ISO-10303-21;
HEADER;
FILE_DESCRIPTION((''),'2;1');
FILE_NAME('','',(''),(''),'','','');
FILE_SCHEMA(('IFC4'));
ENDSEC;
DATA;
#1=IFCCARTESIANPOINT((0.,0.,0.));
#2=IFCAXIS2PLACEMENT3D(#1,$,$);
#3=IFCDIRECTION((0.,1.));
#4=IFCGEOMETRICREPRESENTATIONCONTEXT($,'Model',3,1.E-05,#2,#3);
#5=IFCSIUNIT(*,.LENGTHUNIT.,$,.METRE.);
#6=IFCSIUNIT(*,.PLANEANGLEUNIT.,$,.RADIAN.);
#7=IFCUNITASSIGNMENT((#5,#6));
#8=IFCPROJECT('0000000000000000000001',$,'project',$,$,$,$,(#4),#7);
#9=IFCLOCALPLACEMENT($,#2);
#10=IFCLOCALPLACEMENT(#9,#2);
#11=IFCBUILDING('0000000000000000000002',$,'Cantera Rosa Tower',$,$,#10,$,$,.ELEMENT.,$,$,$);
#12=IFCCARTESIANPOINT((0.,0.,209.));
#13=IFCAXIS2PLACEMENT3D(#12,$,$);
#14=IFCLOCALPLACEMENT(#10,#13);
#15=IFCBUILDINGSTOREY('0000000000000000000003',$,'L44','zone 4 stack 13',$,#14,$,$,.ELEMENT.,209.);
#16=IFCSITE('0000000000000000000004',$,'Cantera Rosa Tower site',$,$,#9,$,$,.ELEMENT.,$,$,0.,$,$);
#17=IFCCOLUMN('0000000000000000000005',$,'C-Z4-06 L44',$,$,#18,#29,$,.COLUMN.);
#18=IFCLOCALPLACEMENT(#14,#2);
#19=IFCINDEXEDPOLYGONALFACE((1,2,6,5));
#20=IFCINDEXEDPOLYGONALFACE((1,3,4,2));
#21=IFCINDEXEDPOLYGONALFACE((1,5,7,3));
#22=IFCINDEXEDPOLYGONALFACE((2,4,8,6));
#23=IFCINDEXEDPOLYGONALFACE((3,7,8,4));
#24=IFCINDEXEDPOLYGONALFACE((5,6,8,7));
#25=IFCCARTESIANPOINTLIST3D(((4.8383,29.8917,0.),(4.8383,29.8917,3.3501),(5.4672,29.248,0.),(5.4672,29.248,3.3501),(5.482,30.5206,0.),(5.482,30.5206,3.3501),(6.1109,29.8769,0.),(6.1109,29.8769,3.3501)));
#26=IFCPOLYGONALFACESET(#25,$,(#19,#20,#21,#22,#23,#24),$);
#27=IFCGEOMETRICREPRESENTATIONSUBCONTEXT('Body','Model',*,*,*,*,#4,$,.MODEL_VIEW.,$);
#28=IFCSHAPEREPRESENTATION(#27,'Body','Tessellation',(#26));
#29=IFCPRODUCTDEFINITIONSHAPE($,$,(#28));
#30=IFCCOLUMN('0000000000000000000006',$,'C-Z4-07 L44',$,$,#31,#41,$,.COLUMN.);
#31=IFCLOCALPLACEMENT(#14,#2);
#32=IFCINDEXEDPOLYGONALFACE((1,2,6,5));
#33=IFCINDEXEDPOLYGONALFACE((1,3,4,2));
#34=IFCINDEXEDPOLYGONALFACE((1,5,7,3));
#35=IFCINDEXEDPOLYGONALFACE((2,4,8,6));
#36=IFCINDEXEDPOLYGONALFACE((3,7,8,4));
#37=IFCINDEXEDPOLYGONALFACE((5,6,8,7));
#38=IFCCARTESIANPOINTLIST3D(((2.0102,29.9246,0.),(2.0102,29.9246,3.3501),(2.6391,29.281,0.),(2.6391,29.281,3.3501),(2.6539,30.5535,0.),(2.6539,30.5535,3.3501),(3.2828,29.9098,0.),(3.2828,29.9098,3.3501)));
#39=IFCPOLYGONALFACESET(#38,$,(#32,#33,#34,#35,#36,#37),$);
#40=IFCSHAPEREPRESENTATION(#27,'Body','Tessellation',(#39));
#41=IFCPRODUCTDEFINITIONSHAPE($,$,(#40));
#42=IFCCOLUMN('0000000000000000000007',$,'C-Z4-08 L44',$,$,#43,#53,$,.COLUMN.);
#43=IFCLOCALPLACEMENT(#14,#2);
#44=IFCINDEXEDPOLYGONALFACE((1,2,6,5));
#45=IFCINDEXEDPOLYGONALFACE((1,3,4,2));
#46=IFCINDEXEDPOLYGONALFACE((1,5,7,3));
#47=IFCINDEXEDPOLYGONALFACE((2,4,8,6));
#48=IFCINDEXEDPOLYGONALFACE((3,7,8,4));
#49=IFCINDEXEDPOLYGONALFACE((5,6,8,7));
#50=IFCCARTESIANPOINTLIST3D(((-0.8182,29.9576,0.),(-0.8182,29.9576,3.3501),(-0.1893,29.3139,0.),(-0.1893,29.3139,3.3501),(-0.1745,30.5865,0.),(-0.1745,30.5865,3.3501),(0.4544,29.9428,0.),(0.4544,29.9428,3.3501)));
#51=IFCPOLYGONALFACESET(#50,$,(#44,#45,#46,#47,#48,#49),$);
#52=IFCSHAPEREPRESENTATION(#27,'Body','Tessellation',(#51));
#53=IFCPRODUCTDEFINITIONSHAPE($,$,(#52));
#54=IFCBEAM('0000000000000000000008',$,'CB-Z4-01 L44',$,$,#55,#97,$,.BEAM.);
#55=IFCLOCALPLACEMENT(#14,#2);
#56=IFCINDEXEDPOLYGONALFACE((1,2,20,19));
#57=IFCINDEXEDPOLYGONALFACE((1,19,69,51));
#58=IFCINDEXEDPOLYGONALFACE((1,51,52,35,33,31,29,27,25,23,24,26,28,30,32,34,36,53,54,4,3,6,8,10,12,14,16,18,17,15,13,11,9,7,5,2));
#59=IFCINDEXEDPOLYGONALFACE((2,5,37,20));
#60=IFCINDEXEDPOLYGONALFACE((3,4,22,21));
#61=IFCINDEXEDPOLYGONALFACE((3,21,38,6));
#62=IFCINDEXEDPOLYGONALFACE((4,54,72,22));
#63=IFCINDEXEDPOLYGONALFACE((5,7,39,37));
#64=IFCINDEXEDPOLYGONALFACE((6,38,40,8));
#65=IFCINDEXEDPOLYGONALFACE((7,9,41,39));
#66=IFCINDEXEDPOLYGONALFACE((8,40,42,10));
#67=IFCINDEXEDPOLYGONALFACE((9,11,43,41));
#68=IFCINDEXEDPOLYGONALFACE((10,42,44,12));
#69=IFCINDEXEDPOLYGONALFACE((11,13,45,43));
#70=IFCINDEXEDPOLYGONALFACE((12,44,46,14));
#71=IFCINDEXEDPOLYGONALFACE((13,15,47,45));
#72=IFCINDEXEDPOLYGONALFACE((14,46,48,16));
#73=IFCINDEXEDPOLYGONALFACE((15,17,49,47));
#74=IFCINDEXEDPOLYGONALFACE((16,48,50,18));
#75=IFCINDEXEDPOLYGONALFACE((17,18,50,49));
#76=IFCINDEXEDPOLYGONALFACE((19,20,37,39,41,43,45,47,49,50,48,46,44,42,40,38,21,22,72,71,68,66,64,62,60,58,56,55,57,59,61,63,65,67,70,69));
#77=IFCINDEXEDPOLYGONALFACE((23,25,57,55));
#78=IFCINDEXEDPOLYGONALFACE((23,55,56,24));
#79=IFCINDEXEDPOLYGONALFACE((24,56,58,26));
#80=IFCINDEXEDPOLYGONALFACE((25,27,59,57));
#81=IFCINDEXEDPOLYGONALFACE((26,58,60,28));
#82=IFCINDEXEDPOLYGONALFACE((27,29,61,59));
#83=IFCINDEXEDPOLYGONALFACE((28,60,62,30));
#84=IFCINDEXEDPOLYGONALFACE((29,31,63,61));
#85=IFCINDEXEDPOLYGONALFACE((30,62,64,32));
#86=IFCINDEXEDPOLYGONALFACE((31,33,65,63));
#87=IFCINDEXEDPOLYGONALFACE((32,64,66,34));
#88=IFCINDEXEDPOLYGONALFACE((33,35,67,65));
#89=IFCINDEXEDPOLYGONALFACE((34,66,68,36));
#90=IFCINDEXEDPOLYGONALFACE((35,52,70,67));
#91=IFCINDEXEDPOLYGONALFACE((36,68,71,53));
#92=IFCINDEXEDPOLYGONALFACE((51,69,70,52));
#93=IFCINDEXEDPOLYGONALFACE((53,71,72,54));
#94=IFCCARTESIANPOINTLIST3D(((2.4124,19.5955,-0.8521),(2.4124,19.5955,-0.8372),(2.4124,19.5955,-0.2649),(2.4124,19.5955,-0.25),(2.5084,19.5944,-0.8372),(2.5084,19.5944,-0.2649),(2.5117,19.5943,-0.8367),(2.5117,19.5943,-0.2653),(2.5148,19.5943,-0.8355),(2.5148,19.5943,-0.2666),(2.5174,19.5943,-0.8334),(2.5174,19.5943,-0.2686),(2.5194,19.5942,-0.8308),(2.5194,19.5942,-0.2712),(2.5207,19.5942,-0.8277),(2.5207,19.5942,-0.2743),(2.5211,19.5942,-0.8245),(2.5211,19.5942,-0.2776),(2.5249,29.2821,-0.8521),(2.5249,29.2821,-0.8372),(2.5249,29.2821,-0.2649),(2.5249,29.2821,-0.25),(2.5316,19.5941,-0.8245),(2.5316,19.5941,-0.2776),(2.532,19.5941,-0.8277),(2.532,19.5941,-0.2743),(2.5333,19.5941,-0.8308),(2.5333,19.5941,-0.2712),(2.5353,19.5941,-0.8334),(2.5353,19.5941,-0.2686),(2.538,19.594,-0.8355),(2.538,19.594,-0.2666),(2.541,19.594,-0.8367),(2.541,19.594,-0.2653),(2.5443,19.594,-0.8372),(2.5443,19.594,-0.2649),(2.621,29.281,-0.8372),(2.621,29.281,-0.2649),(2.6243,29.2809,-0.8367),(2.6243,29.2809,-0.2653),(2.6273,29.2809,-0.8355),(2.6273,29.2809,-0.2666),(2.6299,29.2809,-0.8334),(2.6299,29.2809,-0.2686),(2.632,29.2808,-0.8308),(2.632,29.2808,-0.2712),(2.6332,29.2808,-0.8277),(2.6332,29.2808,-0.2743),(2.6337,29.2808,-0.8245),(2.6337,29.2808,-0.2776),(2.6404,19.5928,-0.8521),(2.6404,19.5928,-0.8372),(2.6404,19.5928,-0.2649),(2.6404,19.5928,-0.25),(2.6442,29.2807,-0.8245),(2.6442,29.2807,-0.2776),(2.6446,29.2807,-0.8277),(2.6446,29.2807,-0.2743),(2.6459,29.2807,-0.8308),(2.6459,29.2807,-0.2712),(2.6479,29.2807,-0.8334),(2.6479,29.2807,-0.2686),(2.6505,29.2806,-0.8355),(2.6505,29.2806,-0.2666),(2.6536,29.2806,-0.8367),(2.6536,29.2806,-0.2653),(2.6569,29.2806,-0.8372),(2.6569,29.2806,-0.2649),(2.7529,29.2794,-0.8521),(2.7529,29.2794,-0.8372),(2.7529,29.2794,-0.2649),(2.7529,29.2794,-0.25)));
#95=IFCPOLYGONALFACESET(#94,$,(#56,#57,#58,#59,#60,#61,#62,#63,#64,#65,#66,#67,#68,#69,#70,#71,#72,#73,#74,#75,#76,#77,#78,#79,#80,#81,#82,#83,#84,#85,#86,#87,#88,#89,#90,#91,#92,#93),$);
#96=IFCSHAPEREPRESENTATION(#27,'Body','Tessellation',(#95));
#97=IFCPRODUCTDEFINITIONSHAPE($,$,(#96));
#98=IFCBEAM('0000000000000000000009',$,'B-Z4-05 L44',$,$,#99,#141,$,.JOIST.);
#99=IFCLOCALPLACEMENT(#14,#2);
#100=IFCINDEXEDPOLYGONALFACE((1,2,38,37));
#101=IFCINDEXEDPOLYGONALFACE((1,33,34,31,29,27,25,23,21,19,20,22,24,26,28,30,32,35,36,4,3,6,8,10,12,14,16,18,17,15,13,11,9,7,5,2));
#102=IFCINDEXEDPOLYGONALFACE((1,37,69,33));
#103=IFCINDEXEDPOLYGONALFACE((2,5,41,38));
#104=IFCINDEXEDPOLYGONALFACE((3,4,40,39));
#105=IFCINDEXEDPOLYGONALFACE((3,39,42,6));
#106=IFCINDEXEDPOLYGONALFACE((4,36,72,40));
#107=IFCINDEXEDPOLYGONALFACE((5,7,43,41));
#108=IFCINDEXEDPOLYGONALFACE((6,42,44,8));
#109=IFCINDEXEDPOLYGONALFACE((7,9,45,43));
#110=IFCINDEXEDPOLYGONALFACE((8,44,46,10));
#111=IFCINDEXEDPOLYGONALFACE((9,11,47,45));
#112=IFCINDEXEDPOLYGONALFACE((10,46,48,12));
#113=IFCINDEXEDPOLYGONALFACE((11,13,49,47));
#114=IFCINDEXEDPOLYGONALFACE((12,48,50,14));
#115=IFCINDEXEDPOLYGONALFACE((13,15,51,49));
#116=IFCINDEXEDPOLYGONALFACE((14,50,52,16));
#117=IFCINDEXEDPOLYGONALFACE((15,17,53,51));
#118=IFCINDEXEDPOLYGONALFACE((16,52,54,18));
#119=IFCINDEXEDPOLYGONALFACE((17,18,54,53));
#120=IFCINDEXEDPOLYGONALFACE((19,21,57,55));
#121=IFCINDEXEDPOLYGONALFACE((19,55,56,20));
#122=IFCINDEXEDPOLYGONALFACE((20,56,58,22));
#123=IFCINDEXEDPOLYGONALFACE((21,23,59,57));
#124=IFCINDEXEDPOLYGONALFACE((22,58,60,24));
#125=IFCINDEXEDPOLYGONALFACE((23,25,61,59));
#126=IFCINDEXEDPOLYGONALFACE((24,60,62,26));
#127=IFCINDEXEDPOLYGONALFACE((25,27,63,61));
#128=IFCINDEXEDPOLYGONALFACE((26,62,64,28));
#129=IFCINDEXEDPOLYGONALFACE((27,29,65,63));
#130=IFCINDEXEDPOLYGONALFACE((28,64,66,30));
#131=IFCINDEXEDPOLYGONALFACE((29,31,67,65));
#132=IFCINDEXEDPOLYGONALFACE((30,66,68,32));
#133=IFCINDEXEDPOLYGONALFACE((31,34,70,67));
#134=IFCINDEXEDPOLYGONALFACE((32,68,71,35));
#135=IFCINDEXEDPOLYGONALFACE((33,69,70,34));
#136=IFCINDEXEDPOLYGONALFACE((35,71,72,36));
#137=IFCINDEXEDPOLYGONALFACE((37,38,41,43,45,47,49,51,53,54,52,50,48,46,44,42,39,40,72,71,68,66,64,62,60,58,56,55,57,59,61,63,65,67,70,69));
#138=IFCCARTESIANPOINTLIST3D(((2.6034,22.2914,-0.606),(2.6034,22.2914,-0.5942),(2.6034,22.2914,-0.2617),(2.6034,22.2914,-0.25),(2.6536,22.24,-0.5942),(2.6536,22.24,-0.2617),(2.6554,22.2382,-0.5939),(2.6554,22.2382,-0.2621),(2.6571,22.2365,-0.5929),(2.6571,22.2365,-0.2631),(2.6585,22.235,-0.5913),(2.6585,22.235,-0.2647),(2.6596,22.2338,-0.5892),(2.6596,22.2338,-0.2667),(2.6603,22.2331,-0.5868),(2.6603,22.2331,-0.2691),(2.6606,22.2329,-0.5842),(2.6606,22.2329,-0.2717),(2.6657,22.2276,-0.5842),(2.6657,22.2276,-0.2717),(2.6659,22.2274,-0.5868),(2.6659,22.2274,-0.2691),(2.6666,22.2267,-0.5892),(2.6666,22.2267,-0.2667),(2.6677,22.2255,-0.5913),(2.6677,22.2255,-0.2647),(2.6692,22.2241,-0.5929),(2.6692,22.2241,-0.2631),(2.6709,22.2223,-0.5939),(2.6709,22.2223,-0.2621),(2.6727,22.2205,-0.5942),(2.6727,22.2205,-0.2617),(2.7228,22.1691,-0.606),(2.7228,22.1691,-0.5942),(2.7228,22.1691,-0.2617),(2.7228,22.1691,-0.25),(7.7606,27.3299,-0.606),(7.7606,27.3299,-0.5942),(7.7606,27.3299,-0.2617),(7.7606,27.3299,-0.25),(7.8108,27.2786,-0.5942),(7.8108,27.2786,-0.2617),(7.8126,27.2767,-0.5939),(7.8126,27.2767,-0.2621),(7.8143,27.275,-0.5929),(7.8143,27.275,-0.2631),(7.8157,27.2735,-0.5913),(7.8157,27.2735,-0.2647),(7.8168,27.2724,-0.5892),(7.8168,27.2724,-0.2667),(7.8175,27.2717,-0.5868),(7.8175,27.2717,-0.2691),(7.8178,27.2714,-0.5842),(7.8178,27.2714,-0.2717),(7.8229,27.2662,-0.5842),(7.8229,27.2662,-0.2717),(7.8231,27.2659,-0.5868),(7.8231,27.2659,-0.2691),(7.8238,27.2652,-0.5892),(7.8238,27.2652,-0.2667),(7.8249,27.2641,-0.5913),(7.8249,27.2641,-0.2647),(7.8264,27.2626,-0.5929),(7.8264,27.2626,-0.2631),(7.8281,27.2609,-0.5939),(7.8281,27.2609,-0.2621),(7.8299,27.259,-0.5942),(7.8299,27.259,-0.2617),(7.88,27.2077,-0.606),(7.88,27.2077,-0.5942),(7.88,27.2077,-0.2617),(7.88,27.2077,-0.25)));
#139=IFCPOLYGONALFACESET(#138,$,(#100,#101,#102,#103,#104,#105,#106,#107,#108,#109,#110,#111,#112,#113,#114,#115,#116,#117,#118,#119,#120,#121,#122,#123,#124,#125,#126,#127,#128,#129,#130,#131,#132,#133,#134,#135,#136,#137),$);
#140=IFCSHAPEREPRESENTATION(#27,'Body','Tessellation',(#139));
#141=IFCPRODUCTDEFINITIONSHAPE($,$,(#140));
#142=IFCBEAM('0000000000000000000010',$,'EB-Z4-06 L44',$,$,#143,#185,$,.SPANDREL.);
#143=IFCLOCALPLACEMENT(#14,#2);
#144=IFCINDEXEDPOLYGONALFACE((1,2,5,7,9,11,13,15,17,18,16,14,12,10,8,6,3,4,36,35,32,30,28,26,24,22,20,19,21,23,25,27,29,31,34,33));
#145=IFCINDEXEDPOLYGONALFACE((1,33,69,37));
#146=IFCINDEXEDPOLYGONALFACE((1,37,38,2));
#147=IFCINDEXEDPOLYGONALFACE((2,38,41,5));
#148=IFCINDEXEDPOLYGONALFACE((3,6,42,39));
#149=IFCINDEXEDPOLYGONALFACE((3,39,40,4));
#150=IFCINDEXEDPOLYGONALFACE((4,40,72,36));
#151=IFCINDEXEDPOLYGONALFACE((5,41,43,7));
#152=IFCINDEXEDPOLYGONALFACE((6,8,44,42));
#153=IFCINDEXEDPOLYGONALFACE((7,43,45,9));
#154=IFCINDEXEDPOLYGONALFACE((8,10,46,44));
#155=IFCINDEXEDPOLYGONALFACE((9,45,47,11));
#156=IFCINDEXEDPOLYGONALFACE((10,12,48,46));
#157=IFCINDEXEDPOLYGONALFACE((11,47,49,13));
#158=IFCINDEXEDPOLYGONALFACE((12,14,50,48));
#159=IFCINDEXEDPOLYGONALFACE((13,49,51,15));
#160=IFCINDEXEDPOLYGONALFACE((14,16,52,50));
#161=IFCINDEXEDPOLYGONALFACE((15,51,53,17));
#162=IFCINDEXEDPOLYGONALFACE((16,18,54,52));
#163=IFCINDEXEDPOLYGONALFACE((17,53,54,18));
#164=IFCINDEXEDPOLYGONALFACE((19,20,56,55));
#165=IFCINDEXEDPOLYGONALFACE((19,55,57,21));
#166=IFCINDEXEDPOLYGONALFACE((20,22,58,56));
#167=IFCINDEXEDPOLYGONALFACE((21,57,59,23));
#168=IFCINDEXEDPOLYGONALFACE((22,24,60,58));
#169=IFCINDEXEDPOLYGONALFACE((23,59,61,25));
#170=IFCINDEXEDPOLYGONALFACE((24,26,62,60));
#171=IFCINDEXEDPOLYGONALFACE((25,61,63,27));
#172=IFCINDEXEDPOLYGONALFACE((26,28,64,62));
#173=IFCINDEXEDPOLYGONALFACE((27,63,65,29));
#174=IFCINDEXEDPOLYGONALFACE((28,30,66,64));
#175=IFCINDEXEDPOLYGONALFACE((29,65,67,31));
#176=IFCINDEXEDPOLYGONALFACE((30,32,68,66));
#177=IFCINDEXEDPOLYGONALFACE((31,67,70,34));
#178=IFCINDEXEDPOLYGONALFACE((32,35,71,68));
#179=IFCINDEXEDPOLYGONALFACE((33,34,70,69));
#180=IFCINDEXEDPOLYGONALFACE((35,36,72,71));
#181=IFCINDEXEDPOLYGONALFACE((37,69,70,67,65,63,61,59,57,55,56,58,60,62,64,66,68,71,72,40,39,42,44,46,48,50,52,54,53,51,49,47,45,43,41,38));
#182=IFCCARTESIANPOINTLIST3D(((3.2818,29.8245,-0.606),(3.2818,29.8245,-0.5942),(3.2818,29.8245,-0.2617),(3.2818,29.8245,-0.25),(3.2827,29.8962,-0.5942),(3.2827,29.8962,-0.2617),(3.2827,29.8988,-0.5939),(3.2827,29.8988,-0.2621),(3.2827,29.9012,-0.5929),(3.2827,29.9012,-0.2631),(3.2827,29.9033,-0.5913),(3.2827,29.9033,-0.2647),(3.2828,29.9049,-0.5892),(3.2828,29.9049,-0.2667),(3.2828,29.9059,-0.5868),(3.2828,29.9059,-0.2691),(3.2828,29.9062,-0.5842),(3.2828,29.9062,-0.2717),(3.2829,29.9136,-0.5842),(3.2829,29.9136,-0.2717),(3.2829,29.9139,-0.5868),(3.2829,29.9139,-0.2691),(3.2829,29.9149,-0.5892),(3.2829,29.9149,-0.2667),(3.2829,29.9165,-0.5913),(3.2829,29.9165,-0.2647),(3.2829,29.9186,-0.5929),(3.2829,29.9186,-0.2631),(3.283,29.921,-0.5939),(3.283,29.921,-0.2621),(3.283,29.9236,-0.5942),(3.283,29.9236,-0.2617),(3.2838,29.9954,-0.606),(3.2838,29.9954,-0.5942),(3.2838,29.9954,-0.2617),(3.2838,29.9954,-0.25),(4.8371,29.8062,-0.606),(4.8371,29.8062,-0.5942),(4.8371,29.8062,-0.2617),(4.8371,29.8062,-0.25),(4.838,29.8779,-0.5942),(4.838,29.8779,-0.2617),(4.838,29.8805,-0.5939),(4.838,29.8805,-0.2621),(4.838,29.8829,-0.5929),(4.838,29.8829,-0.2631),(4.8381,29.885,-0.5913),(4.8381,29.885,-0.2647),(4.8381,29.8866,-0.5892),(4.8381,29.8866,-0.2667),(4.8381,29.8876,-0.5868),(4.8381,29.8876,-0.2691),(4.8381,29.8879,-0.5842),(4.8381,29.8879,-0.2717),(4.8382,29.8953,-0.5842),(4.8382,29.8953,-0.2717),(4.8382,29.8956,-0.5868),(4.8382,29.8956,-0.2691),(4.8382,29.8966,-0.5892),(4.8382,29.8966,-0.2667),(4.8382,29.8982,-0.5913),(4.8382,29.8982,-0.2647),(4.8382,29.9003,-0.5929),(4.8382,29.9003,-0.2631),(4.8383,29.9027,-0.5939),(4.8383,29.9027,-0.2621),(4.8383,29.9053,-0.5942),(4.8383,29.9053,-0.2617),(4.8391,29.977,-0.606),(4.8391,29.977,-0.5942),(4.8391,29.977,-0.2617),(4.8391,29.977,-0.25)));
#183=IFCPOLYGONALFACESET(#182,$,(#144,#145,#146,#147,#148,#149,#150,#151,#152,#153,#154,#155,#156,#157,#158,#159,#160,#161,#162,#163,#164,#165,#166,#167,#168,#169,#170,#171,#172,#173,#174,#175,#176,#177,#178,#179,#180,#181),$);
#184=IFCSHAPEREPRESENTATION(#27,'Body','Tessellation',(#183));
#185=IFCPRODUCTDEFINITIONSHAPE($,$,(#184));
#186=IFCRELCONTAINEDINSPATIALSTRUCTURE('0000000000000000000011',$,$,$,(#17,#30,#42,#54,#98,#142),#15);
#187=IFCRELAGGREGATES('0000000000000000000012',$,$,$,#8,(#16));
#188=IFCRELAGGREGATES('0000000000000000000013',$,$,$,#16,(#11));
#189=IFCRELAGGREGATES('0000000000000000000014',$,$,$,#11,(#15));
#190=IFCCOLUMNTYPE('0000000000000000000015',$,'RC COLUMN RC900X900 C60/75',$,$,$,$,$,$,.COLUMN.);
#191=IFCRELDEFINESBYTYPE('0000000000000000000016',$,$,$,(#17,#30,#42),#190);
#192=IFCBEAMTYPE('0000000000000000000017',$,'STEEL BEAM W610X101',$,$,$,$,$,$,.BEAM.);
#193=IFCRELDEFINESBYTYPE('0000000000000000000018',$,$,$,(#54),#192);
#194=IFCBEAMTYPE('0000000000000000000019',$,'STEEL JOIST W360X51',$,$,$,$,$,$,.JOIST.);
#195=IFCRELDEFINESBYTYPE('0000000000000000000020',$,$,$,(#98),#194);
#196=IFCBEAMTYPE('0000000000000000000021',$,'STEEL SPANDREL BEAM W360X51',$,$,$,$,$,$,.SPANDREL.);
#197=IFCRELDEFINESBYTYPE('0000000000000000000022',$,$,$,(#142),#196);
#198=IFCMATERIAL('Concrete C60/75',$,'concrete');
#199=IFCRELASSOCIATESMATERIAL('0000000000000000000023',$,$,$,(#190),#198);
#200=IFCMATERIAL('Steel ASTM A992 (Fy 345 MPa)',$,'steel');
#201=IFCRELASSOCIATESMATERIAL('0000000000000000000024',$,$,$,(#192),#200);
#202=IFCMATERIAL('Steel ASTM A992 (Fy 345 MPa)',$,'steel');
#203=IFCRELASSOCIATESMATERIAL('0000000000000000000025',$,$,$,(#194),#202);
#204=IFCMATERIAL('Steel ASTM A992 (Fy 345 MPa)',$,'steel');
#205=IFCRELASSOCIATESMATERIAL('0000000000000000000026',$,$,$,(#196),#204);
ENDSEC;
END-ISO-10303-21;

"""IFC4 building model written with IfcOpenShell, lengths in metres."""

from ifc_helpers import new_model, si_unit, direction, frame, origin, origin_2d, place, context, subcontext, project, spatial, rectangle, i_section, extrude, material, material_profile, profile_set, type_object, element, save


model = new_model("IFC4")

# Units and contexts
model_context = context("Model", 3, precision=1e-05, world=origin(), true_north=direction((0.0, 1.0)))
body_context = subcontext(model_context, "Body", "Model", "MODEL_VIEW")
ifc_project = project(units=[si_unit("LENGTHUNIT", "METRE"), si_unit("PLANEANGLEUNIT", "RADIAN")], contexts=[model_context])

# Site, building, storey
site_placement = place(None, origin())
site = spatial("IfcSite", under=ifc_project, at=site_placement, Name="Cantera Rosa Tower site", CompositionType="ELEMENT", RefElevation=0.0)
building_placement = place(site_placement, origin())
building = spatial("IfcBuilding", under=site, at=building_placement, Name="Cantera Rosa Tower", CompositionType="ELEMENT")
storey_placement = place(building_placement, frame((0.0, 0.0, 209.0)))
storey = spatial("IfcBuildingStorey", under=building, at=storey_placement, Name="L44", Description="zone 4 stack 13", CompositionType="ELEMENT", Elevation=209.0)

# Columns
ifc_material_1 = material(Name="Concrete C60/75", Category="concrete")
ifc_material_profile_1 = material_profile(ifc_material_1, rectangle(XDim=0.8999, YDim=0.8999, at=origin_2d()), Name="RC COLUMN RC900X900 C60/75")
ifc_profile_set_1 = profile_set([ifc_material_profile_1], Name="Concrete C60/75")
column_type = type_object("IfcColumnType", Name="RC COLUMN RC900X900 C60/75", PredefinedType="COLUMN", material=ifc_profile_set_1)
for number, where, z_axis, x_axis, name in (
    (1, (5.4746, 29.8843, 0.0), (0.0, 0.0, 1.0), (0.715286, 0.698832, 0.0), "C-Z4-06 L44"),
    (2, (2.6465, 29.9172, 0.0), (0.0, 0.0, 1.0), (0.715286, 0.698832, 0.0), "C-Z4-07 L44"),
    (3, (-0.1819, 29.9502, 0.0), (0.0, 0.0, 1.0), (0.715286, 0.698832, 0.0), "C-Z4-08 L44"),
):
    element("IfcColumn", number, at=place(storey_placement, frame(where, z_axis=z_axis, x_axis=x_axis)), inside=storey, type_object=column_type, Name=name, PredefinedType="COLUMN", context=body_context, shape_type="SweptSolid", body=[
        extrude(rectangle(XDim=0.8999, YDim=0.8999, at=origin_2d()), origin(), (0.0, 0.0, 1.0), 3.3501),
    ])

# Beams
ifc_material_2 = material(Name="Steel ASTM A992 (Fy 345 MPa)", Category="steel")
ifc_material_profile_2 = material_profile(ifc_material_2, i_section(OverallWidth=0.228, OverallDepth=0.6021, WebThickness=0.0105, FlangeThickness=0.0149, FilletRadius=0.0127, at=origin_2d()), Name="W610X101")
ifc_profile_set_2 = profile_set([ifc_material_profile_2], Name="Steel ASTM A992 (Fy 345 MPa)")
beam_type_1 = type_object("IfcBeamType", Name="STEEL BEAM W610X101", PredefinedType="BEAM", material=ifc_profile_set_2)
beam_1_placement = place(storey_placement, frame((2.6389, 29.2808, -0.551), z_axis=(-0.011618, -0.999933, 0.0), x_axis=(0.999933, -0.011618, 0.0)))
element("IfcBeam", 4, at=beam_1_placement, inside=storey, type_object=beam_type_1, Name="CB-Z4-01 L44", PredefinedType="BEAM", context=body_context, shape_type="SweptSolid", body=[
    extrude(i_section(OverallWidth=0.228, OverallDepth=0.6021, WebThickness=0.0105, FlangeThickness=0.0149, FilletRadius=0.0127, at=origin_2d()), origin(), (0.0, 0.0, 1.0), 9.6873),
])
ifc_material_3 = material(Name="Steel ASTM A992 (Fy 345 MPa)", Category="steel")
ifc_material_profile_3 = material_profile(ifc_material_3, i_section(OverallWidth=0.1709, OverallDepth=0.356, WebThickness=0.0073, FlangeThickness=0.0117, FilletRadius=0.01, at=origin_2d()), Name="W360X51")
ifc_profile_set_3 = profile_set([ifc_material_profile_3], Name="Steel ASTM A992 (Fy 345 MPa)")
beam_type_2 = type_object("IfcBeamType", Name="STEEL JOIST W360X51", PredefinedType="JOIST", material=ifc_profile_set_3)
beam_2_placement = place(storey_placement, frame((7.8203, 27.2688, -0.428), z_axis=(-0.715287, -0.698831, 0.0), x_axis=(0.698831, -0.715287, 0.0)))
element("IfcBeam", 5, at=beam_2_placement, inside=storey, type_object=beam_type_2, Name="B-Z4-05 L44", PredefinedType="JOIST", context=body_context, shape_type="SweptSolid", body=[
    extrude(i_section(OverallWidth=0.1709, OverallDepth=0.356, WebThickness=0.0073, FlangeThickness=0.0117, FilletRadius=0.01, at=origin_2d()), origin(), (0.0, 0.0, 1.0), 7.21),
])
ifc_material_4 = material(Name="Steel ASTM A992 (Fy 345 MPa)", Category="steel")
ifc_material_profile_4 = material_profile(ifc_material_4, i_section(OverallWidth=0.1709, OverallDepth=0.356, WebThickness=0.0073, FlangeThickness=0.0117, FilletRadius=0.01, at=origin_2d()), Name="W360X51")
ifc_profile_set_4 = profile_set([ifc_material_profile_4], Name="Steel ASTM A992 (Fy 345 MPa)")
beam_type_3 = type_object("IfcBeamType", Name="STEEL SPANDREL BEAM W360X51", PredefinedType="SPANDREL", material=ifc_profile_set_4)
for number, where, z_axis, x_axis, name in (
    (6, (4.8381, 29.8916, -0.428), (-0.999931, 0.011771, 0.0), (-0.011771, -0.999931, 0.0), "EB-Z4-06 L44"),
):
    element("IfcBeam", number, at=place(storey_placement, frame(where, z_axis=z_axis, x_axis=x_axis)), inside=storey, type_object=beam_type_3, Name=name, PredefinedType="SPANDREL", context=body_context, shape_type="SweptSolid", body=[
        extrude(i_section(OverallWidth=0.1709, OverallDepth=0.356, WebThickness=0.0073, FlangeThickness=0.0117, FilletRadius=0.01, at=origin_2d()), origin(), (0.0, 0.0, 1.0), 1.5554),
    ])

save(model, "model.ifc")
